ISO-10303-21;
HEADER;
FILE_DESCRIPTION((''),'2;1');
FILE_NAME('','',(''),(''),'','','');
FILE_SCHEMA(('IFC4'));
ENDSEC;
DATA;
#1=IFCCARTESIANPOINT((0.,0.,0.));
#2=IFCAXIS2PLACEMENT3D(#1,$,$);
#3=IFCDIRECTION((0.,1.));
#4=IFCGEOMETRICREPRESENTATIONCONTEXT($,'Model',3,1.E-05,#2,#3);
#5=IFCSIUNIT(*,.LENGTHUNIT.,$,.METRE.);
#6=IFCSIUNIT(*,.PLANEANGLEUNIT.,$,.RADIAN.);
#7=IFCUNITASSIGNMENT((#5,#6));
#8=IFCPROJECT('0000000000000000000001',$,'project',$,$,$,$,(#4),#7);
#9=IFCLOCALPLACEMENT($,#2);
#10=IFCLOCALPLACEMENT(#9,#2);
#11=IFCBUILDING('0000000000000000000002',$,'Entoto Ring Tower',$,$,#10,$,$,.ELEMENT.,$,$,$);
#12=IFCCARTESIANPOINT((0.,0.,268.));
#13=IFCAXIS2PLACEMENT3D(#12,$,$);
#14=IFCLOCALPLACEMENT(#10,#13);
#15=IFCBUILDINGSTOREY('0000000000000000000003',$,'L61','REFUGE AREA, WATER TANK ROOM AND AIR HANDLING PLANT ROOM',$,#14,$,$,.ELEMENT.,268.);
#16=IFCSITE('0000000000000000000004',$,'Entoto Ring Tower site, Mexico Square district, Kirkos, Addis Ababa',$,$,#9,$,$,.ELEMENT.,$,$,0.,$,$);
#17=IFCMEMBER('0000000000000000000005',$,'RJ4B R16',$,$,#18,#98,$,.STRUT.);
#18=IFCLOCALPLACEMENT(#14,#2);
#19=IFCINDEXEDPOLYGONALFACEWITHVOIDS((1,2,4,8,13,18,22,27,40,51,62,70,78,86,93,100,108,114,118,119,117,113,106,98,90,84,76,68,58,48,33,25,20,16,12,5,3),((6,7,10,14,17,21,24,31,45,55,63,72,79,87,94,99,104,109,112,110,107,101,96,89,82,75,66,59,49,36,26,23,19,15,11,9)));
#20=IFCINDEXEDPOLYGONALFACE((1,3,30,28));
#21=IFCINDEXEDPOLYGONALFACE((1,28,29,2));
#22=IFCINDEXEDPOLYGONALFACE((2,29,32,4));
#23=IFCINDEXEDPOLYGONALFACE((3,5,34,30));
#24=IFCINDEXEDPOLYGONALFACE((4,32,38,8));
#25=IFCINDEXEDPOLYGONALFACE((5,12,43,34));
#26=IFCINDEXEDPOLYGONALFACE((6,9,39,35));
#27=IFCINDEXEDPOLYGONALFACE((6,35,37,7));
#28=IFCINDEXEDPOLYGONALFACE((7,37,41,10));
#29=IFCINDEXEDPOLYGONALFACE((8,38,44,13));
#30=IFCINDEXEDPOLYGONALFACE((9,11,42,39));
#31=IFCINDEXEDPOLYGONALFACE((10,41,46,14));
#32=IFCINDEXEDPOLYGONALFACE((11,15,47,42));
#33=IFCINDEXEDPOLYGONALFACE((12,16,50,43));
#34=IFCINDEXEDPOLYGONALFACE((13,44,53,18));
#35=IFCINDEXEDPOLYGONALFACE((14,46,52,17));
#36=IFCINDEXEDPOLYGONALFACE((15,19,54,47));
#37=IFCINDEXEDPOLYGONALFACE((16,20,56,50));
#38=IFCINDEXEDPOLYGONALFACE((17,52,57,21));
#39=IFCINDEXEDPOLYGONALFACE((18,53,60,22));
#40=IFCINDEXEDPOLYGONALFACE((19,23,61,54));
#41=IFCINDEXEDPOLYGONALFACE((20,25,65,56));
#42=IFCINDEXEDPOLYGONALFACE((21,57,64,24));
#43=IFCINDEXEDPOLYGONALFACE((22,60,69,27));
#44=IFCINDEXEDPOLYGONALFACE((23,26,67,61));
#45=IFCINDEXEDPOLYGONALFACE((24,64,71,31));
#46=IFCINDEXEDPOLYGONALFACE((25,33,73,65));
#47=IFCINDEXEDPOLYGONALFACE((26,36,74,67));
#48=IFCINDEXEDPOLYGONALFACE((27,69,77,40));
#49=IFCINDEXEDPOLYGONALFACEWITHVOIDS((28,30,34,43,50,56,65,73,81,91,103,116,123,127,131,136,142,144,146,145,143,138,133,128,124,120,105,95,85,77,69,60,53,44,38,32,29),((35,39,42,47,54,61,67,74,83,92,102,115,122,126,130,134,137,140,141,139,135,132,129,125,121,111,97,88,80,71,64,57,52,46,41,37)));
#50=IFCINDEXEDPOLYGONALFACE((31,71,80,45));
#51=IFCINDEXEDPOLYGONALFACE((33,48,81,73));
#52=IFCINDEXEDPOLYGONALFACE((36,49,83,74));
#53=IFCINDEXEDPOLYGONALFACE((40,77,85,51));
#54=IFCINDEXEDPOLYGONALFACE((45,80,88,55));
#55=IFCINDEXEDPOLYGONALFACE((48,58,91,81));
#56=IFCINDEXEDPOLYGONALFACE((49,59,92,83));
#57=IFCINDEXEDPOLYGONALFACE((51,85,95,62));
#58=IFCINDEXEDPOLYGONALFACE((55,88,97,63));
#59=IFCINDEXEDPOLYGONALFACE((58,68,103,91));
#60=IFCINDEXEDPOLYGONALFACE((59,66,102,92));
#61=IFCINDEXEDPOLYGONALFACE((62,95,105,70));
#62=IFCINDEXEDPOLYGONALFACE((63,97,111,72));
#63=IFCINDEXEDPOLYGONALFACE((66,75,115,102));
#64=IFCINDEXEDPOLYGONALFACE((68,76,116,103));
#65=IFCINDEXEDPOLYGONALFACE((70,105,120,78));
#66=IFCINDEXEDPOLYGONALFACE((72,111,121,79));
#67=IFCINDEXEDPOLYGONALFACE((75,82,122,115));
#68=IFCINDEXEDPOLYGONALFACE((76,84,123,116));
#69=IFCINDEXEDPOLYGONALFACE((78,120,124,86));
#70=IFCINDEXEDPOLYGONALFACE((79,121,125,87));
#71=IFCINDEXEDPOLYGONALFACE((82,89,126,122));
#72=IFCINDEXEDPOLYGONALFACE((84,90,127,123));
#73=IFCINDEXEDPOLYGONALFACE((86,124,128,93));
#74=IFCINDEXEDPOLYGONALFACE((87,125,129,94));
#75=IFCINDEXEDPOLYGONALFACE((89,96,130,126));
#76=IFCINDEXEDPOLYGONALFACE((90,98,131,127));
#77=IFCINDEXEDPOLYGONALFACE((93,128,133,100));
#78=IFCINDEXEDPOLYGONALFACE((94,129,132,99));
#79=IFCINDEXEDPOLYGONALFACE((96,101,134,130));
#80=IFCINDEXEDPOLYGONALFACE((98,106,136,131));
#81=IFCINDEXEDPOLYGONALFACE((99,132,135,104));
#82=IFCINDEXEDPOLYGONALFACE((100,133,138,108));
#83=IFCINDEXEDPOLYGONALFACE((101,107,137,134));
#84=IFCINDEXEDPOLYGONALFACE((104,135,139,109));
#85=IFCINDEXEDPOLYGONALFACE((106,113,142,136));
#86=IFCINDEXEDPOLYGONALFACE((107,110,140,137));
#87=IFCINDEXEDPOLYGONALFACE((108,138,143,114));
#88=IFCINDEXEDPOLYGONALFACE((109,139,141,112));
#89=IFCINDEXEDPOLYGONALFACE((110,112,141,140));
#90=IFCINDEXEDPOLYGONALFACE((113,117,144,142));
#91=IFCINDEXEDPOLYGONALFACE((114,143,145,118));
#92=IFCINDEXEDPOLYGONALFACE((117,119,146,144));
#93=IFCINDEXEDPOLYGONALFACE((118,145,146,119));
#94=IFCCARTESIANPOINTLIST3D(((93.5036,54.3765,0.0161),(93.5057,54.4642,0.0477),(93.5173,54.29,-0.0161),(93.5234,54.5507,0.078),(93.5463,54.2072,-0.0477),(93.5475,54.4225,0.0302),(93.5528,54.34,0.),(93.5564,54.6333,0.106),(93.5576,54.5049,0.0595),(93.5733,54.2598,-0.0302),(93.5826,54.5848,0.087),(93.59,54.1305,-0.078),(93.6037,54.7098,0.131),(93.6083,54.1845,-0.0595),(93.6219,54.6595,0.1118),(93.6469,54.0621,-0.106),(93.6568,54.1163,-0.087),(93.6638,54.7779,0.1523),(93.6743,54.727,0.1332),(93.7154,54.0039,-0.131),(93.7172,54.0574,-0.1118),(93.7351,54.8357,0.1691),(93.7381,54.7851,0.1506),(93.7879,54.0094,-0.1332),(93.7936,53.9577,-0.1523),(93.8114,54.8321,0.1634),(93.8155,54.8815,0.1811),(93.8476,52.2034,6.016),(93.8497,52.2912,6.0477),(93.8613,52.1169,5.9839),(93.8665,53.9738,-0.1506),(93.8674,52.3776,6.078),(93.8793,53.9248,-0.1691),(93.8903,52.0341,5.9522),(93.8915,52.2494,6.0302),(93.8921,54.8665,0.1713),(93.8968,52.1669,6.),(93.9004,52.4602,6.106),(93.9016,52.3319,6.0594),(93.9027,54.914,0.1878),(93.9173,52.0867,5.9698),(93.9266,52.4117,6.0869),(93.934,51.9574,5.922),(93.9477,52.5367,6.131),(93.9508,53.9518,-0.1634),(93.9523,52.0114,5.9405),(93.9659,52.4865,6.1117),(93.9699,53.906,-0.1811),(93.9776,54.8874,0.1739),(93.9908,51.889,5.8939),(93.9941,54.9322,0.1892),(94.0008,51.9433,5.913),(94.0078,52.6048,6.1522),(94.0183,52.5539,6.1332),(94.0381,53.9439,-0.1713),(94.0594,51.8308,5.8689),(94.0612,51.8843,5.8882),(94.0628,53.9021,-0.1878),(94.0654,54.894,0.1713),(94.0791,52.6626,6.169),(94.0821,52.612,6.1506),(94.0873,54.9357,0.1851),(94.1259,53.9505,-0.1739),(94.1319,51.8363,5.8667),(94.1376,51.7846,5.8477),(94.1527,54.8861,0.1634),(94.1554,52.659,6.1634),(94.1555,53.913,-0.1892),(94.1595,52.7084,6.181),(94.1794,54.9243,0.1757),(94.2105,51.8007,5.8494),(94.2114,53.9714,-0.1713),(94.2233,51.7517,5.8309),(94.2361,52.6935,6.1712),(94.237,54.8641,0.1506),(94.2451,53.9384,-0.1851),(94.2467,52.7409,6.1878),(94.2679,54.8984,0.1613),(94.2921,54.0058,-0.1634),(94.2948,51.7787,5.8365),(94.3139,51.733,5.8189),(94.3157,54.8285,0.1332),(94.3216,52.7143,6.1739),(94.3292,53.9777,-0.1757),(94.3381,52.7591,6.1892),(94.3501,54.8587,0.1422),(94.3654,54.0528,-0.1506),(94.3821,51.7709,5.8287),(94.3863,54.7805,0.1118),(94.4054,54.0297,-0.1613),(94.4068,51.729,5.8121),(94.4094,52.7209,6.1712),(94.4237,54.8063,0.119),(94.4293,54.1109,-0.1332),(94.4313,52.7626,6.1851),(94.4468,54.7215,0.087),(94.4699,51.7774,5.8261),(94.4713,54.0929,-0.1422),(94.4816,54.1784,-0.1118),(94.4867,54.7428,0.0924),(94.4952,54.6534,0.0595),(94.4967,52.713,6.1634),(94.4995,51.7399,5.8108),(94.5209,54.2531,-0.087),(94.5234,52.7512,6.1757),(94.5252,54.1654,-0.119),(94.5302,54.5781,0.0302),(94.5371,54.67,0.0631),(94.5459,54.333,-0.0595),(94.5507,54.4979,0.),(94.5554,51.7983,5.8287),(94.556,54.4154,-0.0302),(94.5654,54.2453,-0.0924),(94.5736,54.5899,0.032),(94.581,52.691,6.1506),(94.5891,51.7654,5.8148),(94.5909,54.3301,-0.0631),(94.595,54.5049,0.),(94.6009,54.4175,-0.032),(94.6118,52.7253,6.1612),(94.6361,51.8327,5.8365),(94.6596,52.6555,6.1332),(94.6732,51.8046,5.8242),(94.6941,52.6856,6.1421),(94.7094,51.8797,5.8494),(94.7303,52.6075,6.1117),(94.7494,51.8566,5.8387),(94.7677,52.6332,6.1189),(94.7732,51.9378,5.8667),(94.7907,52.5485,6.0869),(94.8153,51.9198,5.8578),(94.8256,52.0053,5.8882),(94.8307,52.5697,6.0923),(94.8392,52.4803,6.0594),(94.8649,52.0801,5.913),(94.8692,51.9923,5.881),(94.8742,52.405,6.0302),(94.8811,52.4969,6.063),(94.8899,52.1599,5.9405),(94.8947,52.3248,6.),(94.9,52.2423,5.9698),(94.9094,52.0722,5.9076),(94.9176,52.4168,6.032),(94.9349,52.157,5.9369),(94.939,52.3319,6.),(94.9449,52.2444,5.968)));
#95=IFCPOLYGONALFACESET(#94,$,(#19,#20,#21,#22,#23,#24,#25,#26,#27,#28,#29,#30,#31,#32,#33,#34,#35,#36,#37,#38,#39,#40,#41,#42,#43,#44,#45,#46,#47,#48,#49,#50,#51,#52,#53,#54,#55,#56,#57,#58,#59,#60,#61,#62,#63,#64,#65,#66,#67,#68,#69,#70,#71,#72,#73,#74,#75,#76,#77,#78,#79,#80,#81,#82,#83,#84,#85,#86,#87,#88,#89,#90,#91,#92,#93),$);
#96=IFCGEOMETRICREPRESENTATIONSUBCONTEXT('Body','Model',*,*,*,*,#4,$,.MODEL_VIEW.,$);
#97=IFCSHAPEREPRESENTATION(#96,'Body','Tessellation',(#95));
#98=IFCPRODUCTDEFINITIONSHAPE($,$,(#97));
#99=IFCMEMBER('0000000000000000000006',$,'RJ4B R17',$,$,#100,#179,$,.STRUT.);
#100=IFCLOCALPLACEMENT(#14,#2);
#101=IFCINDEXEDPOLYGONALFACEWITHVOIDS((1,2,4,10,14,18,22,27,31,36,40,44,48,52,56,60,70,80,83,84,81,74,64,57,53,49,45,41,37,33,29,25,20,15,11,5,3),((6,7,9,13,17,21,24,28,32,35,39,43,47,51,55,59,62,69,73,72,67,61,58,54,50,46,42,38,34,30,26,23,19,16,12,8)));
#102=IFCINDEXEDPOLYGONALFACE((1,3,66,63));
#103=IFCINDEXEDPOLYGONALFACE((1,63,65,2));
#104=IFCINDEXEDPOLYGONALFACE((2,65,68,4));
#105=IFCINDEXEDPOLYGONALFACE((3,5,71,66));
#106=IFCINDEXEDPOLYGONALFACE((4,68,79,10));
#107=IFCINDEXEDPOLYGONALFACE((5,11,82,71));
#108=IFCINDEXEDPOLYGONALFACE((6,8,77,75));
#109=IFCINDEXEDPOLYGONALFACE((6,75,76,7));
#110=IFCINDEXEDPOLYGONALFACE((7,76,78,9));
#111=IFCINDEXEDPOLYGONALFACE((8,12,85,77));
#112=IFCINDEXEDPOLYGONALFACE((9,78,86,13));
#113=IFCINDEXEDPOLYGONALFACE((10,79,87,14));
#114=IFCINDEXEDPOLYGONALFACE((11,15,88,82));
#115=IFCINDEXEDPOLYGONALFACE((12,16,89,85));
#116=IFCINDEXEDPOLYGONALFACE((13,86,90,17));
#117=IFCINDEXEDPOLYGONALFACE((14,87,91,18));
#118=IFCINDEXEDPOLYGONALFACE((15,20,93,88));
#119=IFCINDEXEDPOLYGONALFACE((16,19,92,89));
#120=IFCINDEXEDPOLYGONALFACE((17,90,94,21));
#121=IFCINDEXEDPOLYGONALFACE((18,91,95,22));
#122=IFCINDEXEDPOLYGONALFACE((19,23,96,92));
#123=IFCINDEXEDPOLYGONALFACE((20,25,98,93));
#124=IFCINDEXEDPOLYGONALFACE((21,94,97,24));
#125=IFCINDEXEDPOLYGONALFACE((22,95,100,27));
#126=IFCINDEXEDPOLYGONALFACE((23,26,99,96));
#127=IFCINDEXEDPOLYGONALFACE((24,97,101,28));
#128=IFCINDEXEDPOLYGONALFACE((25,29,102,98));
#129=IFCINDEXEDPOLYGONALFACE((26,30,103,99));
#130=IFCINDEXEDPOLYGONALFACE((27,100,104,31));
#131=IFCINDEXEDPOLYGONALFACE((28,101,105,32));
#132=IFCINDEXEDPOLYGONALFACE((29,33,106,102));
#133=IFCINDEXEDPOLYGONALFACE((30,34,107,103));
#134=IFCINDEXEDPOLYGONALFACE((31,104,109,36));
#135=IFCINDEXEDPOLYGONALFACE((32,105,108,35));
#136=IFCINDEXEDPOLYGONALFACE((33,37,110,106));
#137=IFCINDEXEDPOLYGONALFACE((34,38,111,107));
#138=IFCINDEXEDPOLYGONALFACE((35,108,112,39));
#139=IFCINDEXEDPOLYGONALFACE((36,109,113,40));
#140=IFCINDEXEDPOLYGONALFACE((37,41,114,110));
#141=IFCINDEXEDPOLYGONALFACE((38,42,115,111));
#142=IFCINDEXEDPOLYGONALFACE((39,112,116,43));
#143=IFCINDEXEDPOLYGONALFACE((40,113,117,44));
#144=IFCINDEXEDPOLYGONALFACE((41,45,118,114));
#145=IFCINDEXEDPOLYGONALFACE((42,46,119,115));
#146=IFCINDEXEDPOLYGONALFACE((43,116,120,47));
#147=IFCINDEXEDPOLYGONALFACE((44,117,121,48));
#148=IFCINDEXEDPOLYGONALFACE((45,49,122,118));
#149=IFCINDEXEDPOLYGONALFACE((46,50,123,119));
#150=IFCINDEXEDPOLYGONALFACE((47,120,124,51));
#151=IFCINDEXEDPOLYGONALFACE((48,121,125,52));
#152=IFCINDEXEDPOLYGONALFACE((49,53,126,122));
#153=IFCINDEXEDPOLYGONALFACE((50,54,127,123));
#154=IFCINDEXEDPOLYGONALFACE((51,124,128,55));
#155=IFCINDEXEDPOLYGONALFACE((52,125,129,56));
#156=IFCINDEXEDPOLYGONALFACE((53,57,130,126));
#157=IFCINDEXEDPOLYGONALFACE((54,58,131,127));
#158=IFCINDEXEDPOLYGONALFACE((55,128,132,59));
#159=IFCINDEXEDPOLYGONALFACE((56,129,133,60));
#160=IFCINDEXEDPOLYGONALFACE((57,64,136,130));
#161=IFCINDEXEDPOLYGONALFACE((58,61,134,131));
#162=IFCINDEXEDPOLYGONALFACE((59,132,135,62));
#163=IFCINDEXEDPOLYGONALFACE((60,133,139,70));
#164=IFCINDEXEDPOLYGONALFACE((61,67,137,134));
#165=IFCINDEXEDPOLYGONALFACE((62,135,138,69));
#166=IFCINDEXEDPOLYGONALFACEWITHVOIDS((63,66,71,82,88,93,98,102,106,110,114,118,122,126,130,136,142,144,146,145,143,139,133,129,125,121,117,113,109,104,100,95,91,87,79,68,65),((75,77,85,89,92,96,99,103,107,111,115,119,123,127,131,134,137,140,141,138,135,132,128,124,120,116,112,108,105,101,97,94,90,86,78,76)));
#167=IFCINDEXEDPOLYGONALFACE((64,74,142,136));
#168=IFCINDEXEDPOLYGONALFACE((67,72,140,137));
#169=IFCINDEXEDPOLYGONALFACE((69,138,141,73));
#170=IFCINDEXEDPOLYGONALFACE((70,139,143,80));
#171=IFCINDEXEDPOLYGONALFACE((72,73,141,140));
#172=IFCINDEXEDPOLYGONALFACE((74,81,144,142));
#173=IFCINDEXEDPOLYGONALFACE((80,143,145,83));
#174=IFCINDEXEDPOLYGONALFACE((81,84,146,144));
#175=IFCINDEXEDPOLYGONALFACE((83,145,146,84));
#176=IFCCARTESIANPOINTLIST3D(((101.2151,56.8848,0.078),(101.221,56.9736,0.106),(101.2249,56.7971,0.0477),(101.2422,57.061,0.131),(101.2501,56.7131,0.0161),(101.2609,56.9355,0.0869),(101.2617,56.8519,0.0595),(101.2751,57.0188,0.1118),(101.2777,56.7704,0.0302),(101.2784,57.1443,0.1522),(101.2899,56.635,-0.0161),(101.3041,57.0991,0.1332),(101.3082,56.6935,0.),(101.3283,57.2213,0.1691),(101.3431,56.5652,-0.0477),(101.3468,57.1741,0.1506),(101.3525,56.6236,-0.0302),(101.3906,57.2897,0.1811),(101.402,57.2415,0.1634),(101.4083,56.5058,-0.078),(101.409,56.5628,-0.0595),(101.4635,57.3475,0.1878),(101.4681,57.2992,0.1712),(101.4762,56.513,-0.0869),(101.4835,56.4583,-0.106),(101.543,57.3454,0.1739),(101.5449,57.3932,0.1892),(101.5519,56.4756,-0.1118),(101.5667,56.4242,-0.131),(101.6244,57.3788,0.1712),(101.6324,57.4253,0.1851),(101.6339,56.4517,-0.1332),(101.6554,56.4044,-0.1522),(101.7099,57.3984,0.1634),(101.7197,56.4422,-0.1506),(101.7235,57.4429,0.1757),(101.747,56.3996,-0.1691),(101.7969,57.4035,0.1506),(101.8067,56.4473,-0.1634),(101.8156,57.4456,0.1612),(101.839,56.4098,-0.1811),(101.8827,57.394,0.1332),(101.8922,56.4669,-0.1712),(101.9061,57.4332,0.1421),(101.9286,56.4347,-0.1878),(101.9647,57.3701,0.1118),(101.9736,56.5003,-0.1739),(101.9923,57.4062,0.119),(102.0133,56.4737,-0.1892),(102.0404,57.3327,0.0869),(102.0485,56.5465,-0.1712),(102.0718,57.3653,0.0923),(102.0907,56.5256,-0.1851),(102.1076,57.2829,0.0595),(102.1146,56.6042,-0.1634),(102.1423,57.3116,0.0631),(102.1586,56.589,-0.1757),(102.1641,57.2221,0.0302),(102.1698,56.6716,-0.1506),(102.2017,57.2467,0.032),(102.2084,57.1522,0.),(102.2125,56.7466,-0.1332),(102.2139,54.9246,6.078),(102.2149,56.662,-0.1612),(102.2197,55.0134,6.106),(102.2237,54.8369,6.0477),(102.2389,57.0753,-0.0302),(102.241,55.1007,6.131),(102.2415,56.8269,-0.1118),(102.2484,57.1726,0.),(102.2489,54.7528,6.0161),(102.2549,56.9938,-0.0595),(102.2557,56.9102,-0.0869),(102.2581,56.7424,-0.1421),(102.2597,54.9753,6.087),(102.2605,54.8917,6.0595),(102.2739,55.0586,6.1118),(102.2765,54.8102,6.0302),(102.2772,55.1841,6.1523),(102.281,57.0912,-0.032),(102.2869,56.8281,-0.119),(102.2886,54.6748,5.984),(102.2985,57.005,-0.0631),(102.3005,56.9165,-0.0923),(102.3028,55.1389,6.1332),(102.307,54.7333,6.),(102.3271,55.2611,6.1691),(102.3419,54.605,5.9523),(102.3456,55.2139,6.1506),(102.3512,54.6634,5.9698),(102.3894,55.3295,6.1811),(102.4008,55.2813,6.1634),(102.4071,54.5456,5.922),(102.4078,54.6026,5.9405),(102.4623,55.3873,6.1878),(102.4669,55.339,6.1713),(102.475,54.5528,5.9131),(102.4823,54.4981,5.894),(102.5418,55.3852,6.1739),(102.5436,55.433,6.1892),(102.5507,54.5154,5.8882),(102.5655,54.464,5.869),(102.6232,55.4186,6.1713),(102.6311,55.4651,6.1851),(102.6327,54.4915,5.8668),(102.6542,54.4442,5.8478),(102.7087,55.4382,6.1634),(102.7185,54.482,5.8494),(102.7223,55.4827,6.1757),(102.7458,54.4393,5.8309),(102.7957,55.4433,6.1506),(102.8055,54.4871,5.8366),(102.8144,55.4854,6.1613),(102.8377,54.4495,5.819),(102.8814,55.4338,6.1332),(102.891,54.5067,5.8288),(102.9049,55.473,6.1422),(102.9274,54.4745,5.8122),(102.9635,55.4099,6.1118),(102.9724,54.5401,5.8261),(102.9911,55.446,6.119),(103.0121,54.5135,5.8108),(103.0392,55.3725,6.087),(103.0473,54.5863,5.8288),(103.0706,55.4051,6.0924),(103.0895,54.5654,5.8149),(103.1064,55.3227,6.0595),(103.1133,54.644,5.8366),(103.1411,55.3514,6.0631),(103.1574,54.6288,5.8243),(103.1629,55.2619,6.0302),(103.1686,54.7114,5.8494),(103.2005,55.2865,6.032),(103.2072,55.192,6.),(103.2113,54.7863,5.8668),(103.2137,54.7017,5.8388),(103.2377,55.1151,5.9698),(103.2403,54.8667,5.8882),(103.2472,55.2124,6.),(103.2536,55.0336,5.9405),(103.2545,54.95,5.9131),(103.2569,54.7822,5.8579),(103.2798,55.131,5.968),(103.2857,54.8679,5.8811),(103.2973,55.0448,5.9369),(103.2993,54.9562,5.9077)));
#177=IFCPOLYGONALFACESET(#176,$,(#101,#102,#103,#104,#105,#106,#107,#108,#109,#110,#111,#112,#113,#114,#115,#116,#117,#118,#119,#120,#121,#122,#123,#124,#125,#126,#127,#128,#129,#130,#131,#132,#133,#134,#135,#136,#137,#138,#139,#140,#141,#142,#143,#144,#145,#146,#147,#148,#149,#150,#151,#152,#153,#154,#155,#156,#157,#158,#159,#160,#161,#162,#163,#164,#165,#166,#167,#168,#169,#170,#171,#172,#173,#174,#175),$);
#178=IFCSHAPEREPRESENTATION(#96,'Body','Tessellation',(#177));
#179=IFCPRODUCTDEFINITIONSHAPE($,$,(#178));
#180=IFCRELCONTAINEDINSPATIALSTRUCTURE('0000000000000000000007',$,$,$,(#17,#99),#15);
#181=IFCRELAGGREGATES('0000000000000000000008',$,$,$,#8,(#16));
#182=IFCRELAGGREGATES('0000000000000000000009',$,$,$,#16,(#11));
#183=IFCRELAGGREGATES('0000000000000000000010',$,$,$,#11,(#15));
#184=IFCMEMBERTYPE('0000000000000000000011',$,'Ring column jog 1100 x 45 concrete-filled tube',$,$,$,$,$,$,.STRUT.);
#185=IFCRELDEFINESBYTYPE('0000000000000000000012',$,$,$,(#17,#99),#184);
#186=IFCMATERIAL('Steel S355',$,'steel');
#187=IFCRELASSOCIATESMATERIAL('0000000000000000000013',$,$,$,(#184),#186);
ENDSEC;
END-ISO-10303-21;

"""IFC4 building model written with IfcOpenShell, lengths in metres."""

from ifc_helpers import new_model, si_unit, direction, frame, origin, origin_2d, place, context, subcontext, project, spatial, circle, hollow_circle, extrude, material, material_profile, profile_set, type_object, element, save


model = new_model("IFC4")

# Units and contexts
model_context = context("Model", 3, precision=1e-05, world=origin(), true_north=direction((0.0, 1.0)))
body_context = subcontext(model_context, "Body", "Model", "MODEL_VIEW")
ifc_project = project(units=[si_unit("LENGTHUNIT", "METRE"), si_unit("PLANEANGLEUNIT", "RADIAN")], contexts=[model_context])

# Site, building, storey
site_placement = place(None, origin())
site = spatial("IfcSite", under=ifc_project, at=site_placement, Name="Entoto Ring Tower site, Mexico Square district, Kirkos, Addis Ababa", CompositionType="ELEMENT", RefElevation=0.0)
building_placement = place(site_placement, origin())
building = spatial("IfcBuilding", under=site, at=building_placement, Name="Entoto Ring Tower", CompositionType="ELEMENT")
storey_placement = place(building_placement, frame((0.0, 0.0, 268.0)))
storey = spatial("IfcBuildingStorey", under=building, at=storey_placement, Name="L61", Description="REFUGE AREA, WATER TANK ROOM AND AIR HANDLING PLANT ROOM", CompositionType="ELEMENT", Elevation=268.0)

# Members
ifc_material_1 = material(Name="Steel S355", Category="steel")
ifc_material_profile_1 = material_profile(ifc_material_1, hollow_circle(Radius=0.55, WallThickness=0.0449, at=origin_2d()), Name="CHS 1100 x 45")
ifc_material_2 = material(Name="Concrete C60/75", Category="concrete")
ifc_material_profile_2 = material_profile(ifc_material_2, circle(Radius=0.5049, at=origin_2d()), Name="Concrete C60/75 infill")
ifc_profile_set_1 = profile_set([ifc_material_profile_1, ifc_material_profile_2], Name="Steel S355")
member_type_1 = type_object("IfcMemberType", Name="Ring column jog 1100 x 45 concrete-filled tube", PredefinedType="STRUT", material=ifc_profile_set_1)
for number, where, z_axis, x_axis, name in (
    (1, (94.0518, 54.4189, 0.0), (0.053828, -0.340042, 0.938869), (0.987702, 0.15635, 0.0), "RJ4B R16"),
    (2, (101.7583, 56.9229, 0.0), (0.156288, -0.306732, 0.938877), (0.891006, 0.453992, 0.0), "RJ4B R17"),
):
    element("IfcMember", number, at=place(storey_placement, frame(where, z_axis=z_axis, x_axis=x_axis)), inside=storey, type_object=member_type_1, Name=name, PredefinedType="STRUT", context=body_context, shape_type="SweptSolid", body=[
        extrude(hollow_circle(Radius=0.55, WallThickness=0.0449, at=origin_2d()), origin(), (0.0, 0.0, 1.0), 6.3906),
    ])

save(model, "model.ifc")
